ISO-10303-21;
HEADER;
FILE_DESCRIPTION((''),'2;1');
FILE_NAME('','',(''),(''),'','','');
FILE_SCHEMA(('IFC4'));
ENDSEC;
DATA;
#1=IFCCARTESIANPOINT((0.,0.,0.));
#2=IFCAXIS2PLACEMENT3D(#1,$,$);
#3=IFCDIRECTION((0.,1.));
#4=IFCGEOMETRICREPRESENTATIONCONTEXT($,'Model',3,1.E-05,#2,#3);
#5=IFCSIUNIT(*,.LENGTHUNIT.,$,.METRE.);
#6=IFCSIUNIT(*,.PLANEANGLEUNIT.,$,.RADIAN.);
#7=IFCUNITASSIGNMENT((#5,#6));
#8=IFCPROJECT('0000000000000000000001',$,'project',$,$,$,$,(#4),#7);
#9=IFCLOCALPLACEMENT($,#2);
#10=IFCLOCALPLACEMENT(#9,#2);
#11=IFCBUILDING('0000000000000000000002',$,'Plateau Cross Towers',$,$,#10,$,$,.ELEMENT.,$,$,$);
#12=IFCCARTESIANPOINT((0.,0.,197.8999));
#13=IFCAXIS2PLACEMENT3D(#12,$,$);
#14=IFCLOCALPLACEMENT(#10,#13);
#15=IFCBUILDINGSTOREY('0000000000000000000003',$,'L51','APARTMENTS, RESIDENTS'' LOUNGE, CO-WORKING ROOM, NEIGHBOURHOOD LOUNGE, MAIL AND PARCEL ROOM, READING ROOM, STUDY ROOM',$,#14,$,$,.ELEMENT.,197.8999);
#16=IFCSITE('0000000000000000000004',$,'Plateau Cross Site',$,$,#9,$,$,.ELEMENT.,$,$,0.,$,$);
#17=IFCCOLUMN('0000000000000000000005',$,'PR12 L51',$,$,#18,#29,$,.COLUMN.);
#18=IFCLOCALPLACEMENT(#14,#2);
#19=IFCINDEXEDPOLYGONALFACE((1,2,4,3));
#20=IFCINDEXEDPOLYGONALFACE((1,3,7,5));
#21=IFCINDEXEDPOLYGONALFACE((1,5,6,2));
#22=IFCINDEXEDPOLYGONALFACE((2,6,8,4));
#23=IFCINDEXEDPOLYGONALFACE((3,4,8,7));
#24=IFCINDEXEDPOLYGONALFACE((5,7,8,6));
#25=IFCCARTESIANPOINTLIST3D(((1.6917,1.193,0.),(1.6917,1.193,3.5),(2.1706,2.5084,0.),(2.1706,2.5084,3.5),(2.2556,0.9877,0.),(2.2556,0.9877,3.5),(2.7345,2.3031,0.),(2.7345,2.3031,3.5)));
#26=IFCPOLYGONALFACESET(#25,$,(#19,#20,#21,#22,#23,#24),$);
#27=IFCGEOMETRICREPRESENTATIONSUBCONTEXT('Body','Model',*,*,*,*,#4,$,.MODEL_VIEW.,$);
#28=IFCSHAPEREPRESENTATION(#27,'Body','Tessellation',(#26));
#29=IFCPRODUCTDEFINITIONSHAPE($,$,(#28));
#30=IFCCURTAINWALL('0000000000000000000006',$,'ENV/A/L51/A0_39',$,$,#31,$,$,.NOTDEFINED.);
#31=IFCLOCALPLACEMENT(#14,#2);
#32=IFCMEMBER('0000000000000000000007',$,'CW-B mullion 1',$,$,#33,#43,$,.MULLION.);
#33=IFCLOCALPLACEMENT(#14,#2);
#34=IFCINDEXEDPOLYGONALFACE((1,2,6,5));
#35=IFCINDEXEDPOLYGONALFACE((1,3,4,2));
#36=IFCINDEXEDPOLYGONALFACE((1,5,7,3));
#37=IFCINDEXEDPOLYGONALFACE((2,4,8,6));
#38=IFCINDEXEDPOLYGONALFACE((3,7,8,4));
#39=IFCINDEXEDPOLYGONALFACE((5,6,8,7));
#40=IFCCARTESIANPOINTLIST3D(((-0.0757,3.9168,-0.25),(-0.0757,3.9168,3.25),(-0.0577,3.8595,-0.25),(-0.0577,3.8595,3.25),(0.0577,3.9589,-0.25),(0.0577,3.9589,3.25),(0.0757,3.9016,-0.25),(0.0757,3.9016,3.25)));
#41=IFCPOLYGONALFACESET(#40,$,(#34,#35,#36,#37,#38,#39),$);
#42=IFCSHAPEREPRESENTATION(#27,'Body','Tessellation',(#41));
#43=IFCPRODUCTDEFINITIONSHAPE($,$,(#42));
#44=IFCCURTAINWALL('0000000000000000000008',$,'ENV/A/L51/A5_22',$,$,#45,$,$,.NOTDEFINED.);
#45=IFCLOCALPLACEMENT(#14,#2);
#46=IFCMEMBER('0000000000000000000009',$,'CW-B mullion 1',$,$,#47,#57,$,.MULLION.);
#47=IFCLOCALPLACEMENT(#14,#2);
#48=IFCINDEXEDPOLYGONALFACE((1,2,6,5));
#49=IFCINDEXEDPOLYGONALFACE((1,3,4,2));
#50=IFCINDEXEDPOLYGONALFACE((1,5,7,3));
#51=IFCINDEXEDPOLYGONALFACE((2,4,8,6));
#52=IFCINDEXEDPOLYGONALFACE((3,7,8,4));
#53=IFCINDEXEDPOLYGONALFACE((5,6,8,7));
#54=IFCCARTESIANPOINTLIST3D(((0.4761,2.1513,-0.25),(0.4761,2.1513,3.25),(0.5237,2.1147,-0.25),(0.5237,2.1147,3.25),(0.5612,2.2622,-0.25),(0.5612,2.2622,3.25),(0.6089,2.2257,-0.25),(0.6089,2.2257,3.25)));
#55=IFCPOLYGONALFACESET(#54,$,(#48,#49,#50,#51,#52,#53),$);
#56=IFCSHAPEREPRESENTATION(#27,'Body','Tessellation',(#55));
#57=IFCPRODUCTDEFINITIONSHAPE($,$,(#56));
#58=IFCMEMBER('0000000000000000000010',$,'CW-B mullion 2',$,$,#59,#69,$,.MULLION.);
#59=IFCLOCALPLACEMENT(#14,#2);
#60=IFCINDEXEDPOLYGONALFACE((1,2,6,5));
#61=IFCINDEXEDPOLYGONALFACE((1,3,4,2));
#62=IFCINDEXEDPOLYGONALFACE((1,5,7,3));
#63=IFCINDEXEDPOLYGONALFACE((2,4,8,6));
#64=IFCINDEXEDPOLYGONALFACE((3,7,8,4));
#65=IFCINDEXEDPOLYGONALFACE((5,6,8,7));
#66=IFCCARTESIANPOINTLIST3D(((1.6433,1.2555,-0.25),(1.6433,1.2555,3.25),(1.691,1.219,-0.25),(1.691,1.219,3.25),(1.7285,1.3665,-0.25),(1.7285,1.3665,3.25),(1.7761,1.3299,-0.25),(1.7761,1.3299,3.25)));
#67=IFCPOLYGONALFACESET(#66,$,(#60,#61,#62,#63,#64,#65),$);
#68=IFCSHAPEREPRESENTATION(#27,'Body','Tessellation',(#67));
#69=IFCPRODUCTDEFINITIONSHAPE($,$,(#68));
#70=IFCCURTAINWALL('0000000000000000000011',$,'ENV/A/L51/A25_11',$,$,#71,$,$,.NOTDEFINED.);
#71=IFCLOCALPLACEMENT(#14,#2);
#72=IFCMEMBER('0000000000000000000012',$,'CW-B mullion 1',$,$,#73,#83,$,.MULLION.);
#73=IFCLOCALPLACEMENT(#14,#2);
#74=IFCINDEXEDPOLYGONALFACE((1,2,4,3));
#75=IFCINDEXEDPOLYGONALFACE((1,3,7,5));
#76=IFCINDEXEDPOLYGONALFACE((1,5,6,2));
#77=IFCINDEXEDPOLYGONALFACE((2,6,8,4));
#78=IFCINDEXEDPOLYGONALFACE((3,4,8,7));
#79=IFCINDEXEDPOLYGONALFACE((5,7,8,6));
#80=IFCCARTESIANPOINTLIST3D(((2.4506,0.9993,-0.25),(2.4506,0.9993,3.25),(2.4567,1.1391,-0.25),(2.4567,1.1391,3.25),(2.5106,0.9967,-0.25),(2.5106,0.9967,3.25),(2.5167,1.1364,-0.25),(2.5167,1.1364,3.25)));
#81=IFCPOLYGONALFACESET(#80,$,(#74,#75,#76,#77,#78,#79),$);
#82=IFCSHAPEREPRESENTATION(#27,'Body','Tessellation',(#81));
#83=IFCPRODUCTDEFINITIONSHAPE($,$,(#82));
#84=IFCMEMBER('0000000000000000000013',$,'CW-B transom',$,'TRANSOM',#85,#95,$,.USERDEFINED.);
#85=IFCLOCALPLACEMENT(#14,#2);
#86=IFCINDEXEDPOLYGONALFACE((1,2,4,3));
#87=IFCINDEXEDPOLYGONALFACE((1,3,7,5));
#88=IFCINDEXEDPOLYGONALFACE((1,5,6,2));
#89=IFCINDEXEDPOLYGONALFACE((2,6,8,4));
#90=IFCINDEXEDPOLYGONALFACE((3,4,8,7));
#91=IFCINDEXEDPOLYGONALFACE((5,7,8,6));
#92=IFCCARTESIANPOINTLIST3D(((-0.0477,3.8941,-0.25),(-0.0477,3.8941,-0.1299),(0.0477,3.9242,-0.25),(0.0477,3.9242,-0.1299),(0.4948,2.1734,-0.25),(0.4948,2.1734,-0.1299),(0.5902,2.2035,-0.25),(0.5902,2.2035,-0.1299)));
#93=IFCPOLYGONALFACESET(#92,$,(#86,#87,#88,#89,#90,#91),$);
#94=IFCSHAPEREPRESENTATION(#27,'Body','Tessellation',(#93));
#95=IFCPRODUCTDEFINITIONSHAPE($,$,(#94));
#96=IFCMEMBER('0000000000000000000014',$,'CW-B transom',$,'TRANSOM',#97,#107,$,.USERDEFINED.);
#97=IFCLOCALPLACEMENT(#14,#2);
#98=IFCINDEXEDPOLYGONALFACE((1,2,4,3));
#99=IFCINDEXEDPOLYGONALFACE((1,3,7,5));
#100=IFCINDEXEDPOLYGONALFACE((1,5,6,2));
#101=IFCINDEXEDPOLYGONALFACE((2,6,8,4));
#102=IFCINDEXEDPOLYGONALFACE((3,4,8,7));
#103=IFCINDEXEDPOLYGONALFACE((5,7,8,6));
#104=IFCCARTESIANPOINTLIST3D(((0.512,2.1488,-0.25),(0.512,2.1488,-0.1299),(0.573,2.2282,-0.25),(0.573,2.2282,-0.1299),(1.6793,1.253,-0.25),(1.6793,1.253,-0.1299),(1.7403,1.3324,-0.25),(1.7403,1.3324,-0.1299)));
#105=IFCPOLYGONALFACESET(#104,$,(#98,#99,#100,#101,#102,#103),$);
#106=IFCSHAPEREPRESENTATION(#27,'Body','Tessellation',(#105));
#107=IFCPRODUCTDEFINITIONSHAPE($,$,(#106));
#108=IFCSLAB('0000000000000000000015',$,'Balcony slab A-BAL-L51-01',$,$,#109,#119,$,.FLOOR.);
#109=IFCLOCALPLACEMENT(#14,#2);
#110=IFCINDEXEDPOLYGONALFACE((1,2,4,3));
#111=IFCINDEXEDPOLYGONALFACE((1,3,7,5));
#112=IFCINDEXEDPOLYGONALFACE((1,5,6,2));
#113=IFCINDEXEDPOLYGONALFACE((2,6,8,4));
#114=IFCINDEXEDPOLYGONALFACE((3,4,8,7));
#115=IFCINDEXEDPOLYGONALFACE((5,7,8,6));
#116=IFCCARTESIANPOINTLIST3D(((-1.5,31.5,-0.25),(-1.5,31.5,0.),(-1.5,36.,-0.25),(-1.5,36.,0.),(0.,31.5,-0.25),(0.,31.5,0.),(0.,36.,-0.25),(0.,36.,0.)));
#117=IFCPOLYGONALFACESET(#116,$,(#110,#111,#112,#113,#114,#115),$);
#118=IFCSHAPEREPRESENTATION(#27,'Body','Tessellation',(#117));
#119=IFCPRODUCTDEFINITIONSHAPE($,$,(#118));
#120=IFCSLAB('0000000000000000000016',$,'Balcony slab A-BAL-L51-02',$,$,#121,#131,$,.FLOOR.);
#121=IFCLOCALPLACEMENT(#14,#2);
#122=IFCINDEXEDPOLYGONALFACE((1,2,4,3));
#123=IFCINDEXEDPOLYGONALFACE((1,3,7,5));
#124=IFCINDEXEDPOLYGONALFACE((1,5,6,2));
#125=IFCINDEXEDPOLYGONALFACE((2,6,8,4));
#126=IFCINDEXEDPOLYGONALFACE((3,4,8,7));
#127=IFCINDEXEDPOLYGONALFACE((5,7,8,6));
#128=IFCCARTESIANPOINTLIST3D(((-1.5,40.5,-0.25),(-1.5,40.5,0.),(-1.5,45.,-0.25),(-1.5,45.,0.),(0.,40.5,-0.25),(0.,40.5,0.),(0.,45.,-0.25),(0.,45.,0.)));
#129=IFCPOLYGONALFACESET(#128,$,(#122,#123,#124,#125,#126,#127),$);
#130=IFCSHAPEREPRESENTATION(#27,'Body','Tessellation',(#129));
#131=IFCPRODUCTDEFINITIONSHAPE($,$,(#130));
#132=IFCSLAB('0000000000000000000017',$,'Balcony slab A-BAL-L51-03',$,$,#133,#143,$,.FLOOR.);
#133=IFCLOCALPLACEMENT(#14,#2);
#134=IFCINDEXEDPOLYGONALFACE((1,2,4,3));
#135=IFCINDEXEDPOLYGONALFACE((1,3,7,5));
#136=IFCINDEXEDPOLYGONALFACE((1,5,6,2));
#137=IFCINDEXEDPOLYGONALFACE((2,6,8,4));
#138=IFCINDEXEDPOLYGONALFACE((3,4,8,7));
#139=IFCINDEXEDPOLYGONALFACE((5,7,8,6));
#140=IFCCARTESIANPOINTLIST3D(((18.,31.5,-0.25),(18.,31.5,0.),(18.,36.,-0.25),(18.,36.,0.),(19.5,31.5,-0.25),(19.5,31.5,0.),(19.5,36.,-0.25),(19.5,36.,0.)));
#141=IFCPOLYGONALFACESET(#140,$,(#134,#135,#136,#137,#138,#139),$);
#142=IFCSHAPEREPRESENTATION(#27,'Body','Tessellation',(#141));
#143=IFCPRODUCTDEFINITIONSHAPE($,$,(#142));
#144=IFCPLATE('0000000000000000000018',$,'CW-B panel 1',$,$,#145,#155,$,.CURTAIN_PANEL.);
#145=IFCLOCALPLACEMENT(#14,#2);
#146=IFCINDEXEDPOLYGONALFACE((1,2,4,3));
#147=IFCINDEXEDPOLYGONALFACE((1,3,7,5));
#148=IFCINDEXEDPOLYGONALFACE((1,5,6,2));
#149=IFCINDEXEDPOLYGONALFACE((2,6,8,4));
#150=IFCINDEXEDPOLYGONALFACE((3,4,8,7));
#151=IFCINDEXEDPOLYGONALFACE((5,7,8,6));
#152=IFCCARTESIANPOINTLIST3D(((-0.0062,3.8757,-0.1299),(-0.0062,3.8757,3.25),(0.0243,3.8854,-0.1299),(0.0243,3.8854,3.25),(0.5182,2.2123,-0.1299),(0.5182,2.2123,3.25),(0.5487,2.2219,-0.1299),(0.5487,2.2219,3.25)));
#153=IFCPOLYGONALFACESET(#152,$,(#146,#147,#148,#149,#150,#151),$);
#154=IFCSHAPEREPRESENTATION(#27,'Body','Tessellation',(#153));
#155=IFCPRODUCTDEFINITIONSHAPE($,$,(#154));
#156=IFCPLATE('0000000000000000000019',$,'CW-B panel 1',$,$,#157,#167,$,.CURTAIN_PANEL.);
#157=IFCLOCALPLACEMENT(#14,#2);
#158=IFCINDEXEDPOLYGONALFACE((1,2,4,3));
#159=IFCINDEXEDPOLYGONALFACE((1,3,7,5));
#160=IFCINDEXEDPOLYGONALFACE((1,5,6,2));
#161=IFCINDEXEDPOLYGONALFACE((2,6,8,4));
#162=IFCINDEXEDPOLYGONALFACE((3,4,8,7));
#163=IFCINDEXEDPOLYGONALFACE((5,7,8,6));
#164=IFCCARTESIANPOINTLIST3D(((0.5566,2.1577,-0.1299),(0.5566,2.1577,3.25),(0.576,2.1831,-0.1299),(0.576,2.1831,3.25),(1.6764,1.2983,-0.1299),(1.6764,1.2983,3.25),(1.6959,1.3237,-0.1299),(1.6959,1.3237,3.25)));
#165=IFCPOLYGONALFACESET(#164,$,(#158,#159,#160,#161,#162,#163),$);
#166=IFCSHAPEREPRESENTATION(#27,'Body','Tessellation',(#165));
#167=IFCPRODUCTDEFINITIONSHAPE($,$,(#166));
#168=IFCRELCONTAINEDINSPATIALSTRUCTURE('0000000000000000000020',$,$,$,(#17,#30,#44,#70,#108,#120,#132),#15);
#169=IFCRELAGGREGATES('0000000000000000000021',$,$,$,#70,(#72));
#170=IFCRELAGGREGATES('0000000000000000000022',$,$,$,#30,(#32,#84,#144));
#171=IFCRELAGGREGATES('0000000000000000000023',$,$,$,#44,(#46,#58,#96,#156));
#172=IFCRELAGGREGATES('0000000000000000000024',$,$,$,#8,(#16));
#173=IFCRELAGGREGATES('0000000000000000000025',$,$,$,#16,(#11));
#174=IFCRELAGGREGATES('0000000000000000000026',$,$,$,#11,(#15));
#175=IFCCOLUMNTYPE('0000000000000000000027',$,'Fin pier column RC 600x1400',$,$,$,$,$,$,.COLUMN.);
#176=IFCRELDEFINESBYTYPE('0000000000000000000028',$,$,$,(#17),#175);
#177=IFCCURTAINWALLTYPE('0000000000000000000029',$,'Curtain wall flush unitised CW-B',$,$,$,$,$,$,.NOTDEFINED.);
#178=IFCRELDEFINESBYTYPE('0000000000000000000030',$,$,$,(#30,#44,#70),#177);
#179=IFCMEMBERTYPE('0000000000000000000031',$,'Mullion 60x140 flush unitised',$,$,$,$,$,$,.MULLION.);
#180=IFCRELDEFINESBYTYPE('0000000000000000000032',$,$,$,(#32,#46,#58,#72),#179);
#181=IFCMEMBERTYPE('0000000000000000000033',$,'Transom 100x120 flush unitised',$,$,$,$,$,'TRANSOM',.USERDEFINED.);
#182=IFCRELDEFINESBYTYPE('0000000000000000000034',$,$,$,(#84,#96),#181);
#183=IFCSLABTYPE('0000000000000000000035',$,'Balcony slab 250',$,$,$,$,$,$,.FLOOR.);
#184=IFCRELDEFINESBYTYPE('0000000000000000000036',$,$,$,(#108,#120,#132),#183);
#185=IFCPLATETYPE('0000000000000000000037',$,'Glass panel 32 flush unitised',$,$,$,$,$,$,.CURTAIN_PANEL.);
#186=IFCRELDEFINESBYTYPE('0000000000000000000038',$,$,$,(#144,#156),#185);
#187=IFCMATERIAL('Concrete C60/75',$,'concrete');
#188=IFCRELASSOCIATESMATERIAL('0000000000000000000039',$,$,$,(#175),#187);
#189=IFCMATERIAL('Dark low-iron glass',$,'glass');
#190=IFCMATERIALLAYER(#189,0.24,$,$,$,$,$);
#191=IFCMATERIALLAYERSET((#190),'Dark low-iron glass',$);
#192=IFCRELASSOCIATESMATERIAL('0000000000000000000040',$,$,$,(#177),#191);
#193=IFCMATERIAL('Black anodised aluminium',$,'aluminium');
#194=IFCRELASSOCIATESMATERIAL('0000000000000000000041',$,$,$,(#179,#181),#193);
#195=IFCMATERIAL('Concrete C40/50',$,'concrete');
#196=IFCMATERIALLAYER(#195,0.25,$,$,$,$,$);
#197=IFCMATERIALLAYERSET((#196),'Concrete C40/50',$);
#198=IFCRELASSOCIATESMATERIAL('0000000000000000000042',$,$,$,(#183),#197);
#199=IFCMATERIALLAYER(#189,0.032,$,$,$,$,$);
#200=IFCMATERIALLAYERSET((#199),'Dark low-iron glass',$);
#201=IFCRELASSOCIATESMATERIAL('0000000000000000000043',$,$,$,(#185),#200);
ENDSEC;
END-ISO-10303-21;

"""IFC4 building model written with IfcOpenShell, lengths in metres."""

from ifc_helpers import new_model, si_unit, direction, frame, origin, origin_2d, place, context, subcontext, project, spatial, polyline, rectangle, outline, extrude, material, layer, layer_set, material_profile, profile_set, type_object, element, aggregate, save


model = new_model("IFC4")

# Units and contexts
model_context = context("Model", 3, precision=1e-05, world=origin(), true_north=direction((0.0, 1.0)))
body_context = subcontext(model_context, "Body", "Model", "MODEL_VIEW")
ifc_project = project(units=[si_unit("LENGTHUNIT", "METRE"), si_unit("PLANEANGLEUNIT", "RADIAN")], contexts=[model_context])

# Site, building, storey
site_placement = place(None, origin())
site = spatial("IfcSite", under=ifc_project, at=site_placement, Name="Plateau Cross Site", CompositionType="ELEMENT", RefElevation=0.0)
building_placement = place(site_placement, origin())
building = spatial("IfcBuilding", under=site, at=building_placement, Name="Plateau Cross Towers", CompositionType="ELEMENT")
storey_placement = place(building_placement, frame((0.0, 0.0, 197.8999)))
storey = spatial("IfcBuildingStorey", under=building, at=storey_placement, Name="L51", Description="APARTMENTS, RESIDENTS' LOUNGE, CO-WORKING ROOM, NEIGHBOURHOOD LOUNGE, MAIL AND PARCEL ROOM, READING ROOM, STUDY ROOM", CompositionType="ELEMENT", Elevation=197.8999)

# Column
ifc_material_1 = material(Name="Concrete C60/75", Category="concrete")
ifc_material_profile_1 = material_profile(ifc_material_1, rectangle(XDim=0.6001, YDim=1.3999, at=origin_2d()), Name="RC 600x1400")
ifc_profile_set_1 = profile_set([ifc_material_profile_1], Name="Concrete C60/75")
column_type = type_object("IfcColumnType", Name="Fin pier column RC 600x1400", PredefinedType="COLUMN", material=ifc_profile_set_1)
column_placement = place(storey_placement, frame((2.2131, 1.748, 0.0), z_axis=(0.0, 0.0, 1.0), x_axis=(-0.939664, 0.342098, 0.0)))
element("IfcColumn", 1, at=column_placement, inside=storey, type_object=column_type, Name="PR12 L51", PredefinedType="COLUMN", context=body_context, shape_type="SweptSolid", body=[
    extrude(rectangle(XDim=0.6001, YDim=1.3999, at=origin_2d()), origin(), (0.0, 0.0, 1.0), 3.5),
])

# Curtain wall, member
ifc_material_2 = material(Name="Dark low-iron glass", Category="glass")
ifc_layer_1 = layer(ifc_material_2, 0.24)
ifc_layer_set_1 = layer_set([ifc_layer_1], Name="Dark low-iron glass")
curtain_wall_type = type_object("IfcCurtainWallType", Name="Curtain wall flush unitised CW-B", PredefinedType="NOTDEFINED", material=ifc_layer_set_1)
curtain_wall_1_placement = place(storey_placement, origin())
curtain_wall_1 = element("IfcCurtainWall", 2, at=curtain_wall_1_placement, inside=storey, type_object=curtain_wall_type, Name="ENV/A/L51/A0_39", PredefinedType="NOTDEFINED")
ifc_material_3 = material(Name="Black anodised aluminium", Category="aluminium")
ifc_material_profile_2 = material_profile(ifc_material_3, rectangle(XDim=0.0601, YDim=0.1399, at=origin_2d()), Name="MULLION 60x140")
ifc_profile_set_2 = profile_set([ifc_material_profile_2], Name="Black anodised aluminium")
member_type_1 = type_object("IfcMemberType", Name="Mullion 60x140 flush unitised", PredefinedType="MULLION", material=ifc_profile_set_2)
member_1_placement = place(storey_placement, frame((0.0, 3.9092, -0.25), z_axis=(0.0, 0.0, 1.0), x_axis=(0.300686, -0.953723, 0.0)))
member_1 = element("IfcMember", 3, at=member_1_placement, type_object=member_type_1, Name="CW-B mullion 1", PredefinedType="MULLION", context=body_context, shape_type="SweptSolid", body=[
    extrude(rectangle(XDim=0.0601, YDim=0.1399, at=origin_2d()), origin(), (0.0, 0.0, 1.0), 3.5),
])

# Curtain wall, members
curtain_wall_2_placement = place(storey_placement, origin())
curtain_wall_2 = element("IfcCurtainWall", 4, at=curtain_wall_2_placement, inside=storey, type_object=curtain_wall_type, Name="ENV/A/L51/A5_22", PredefinedType="NOTDEFINED")
member_2_placement = place(storey_placement, frame((0.5425, 2.1885, -0.25), z_axis=(0.0, 0.0, 1.0), x_axis=(0.793316, -0.608811, 0.0)))
member_2 = element("IfcMember", 5, at=member_2_placement, type_object=member_type_1, Name="CW-B mullion 1", PredefinedType="MULLION", context=body_context, shape_type="SweptSolid", body=[
    extrude(rectangle(XDim=0.0601, YDim=0.1399, at=origin_2d()), origin(), (0.0, 0.0, 1.0), 3.5),
])
member_3_placement = place(storey_placement, frame((1.7097, 1.2927, -0.25), z_axis=(0.0, 0.0, 1.0), x_axis=(0.793316, -0.608811, 0.0)))
member_3 = element("IfcMember", 6, at=member_3_placement, type_object=member_type_1, Name="CW-B mullion 2", PredefinedType="MULLION", context=body_context, shape_type="SweptSolid", body=[
    extrude(rectangle(XDim=0.0601, YDim=0.1399, at=origin_2d()), origin(), (0.0, 0.0, 1.0), 3.5),
])

# Curtain wall, member
curtain_wall_3_placement = place(storey_placement, origin())
curtain_wall_3 = element("IfcCurtainWall", 7, at=curtain_wall_3_placement, inside=storey, type_object=curtain_wall_type, Name="ENV/A/L51/A25_11", PredefinedType="NOTDEFINED")
member_4_placement = place(storey_placement, frame((2.4836, 1.0679, -0.25), z_axis=(0.0, 0.0, 1.0), x_axis=(0.999044, -0.043723, 0.0)))
member_4 = element("IfcMember", 8, at=member_4_placement, type_object=member_type_1, Name="CW-B mullion 1", PredefinedType="MULLION", context=body_context, shape_type="SweptSolid", body=[
    extrude(rectangle(XDim=0.0601, YDim=0.1399, at=origin_2d()), origin(), (0.0, 0.0, 1.0), 3.5),
])
aggregate(curtain_wall_3, [member_4])

# Members
ifc_material_profile_3 = material_profile(ifc_material_3, rectangle(XDim=0.1001, YDim=0.1201, at=origin_2d()), Name="TRANSOM 100x120")
ifc_profile_set_3 = profile_set([ifc_material_profile_3], Name="Black anodised aluminium")
member_type_2 = type_object("IfcMemberType", Name="Transom 100x120 flush unitised", ElementType="TRANSOM", PredefinedType="USERDEFINED", material=ifc_profile_set_3)
member_5_placement = place(storey_placement, frame((0.0, 3.9092, -0.1899), z_axis=(0.300678, -0.953726, 0.0), x_axis=(0.953726, 0.300678, 0.0)))
member_5 = element("IfcMember", 9, at=member_5_placement, type_object=member_type_2, Name="CW-B transom", ObjectType="TRANSOM", PredefinedType="USERDEFINED", context=body_context, shape_type="SweptSolid", body=[
    extrude(rectangle(XDim=0.1001, YDim=0.1201, at=origin_2d()), origin(), (0.0, 0.0, 1.0), 1.8042),
])
member_6_placement = place(storey_placement, frame((0.5425, 2.1885, -0.1899), z_axis=(0.793321, -0.608804, 0.0), x_axis=(0.608804, 0.793321, 0.0)))
member_6 = element("IfcMember", 10, at=member_6_placement, type_object=member_type_2, Name="CW-B transom", ObjectType="TRANSOM", PredefinedType="USERDEFINED", context=body_context, shape_type="SweptSolid", body=[
    extrude(rectangle(XDim=0.1001, YDim=0.1201, at=origin_2d()), origin(), (0.0, 0.0, 1.0), 1.4714),
])

# Slabs
ifc_material_4 = material(Name="Concrete C40/50", Category="concrete")
ifc_layer_2 = layer(ifc_material_4, 0.25)
ifc_layer_set_2 = layer_set([ifc_layer_2], Name="Concrete C40/50")
slab_type_1 = type_object("IfcSlabType", Name="Balcony slab 250", PredefinedType="FLOOR", material=ifc_layer_set_2)
slab_1_placement = place(storey_placement, frame((0.0, 0.0, -0.25)))
element("IfcSlab", 11, at=slab_1_placement, inside=storey, type_object=slab_type_1, Name="Balcony slab A-BAL-L51-01", PredefinedType="FLOOR", context=body_context, shape_type="SweptSolid", body=[
    extrude(outline(polyline([(0.0, 31.5), (0.0, 36.0), (-1.5, 36.0), (-1.5, 31.5), (0.0, 31.5)])), origin(), (0.0, 0.0, 1.0), 0.25),
])
slab_2_placement = place(storey_placement, frame((0.0, 0.0, -0.25)))
element("IfcSlab", 12, at=slab_2_placement, inside=storey, type_object=slab_type_1, Name="Balcony slab A-BAL-L51-02", PredefinedType="FLOOR", context=body_context, shape_type="SweptSolid", body=[
    extrude(outline(polyline([(0.0, 40.5), (0.0, 45.0), (-1.5, 45.0), (-1.5, 40.5), (0.0, 40.5)])), origin(), (0.0, 0.0, 1.0), 0.25),
])
slab_3_placement = place(storey_placement, frame((0.0, 0.0, -0.25)))
element("IfcSlab", 13, at=slab_3_placement, inside=storey, type_object=slab_type_1, Name="Balcony slab A-BAL-L51-03", PredefinedType="FLOOR", context=body_context, shape_type="SweptSolid", body=[
    extrude(outline(polyline([(19.5, 31.5), (19.5, 36.0), (18.0, 36.0), (18.0, 31.5), (19.5, 31.5)])), origin(), (0.0, 0.0, 1.0), 0.25),
])

# Plates
ifc_layer_3 = layer(ifc_material_2, 0.032)
ifc_layer_set_3 = layer_set([ifc_layer_3], Name="Dark low-iron glass")
plate_type = type_object("IfcPlateType", Name="Glass panel 32 flush unitised", PredefinedType="CURTAIN_PANEL", material=ifc_layer_set_3)
plate_1_placement = place(storey_placement, frame((0.2712, 3.0488, -0.1299), z_axis=(0.0, 0.0, 1.0), x_axis=(0.300686, -0.953723, 0.0)))
plate_1 = element("IfcPlate", 14, at=plate_1_placement, type_object=plate_type, Name="CW-B panel 1", PredefinedType="CURTAIN_PANEL", context=body_context, shape_type="SweptSolid", body=[
    extrude(rectangle(XDim=1.7441, YDim=0.032, at=origin_2d()), origin(), (0.0, 0.0, 1.0), 3.3799),
])
aggregate(curtain_wall_1, [member_1, member_5, plate_1])
plate_2_placement = place(storey_placement, frame((1.1262, 1.7407, -0.1299), z_axis=(0.0, 0.0, 1.0), x_axis=(0.793316, -0.608811, 0.0)))
plate_2 = element("IfcPlate", 15, at=plate_2_placement, type_object=plate_type, Name="CW-B panel 1", PredefinedType="CURTAIN_PANEL", context=body_context, shape_type="SweptSolid", body=[
    extrude(rectangle(XDim=1.4116, YDim=0.032, at=origin_2d()), origin(), (0.0, 0.0, 1.0), 3.3799),
])
aggregate(curtain_wall_2, [member_2, member_3, member_6, plate_2])

save(model, "model.ifc")
